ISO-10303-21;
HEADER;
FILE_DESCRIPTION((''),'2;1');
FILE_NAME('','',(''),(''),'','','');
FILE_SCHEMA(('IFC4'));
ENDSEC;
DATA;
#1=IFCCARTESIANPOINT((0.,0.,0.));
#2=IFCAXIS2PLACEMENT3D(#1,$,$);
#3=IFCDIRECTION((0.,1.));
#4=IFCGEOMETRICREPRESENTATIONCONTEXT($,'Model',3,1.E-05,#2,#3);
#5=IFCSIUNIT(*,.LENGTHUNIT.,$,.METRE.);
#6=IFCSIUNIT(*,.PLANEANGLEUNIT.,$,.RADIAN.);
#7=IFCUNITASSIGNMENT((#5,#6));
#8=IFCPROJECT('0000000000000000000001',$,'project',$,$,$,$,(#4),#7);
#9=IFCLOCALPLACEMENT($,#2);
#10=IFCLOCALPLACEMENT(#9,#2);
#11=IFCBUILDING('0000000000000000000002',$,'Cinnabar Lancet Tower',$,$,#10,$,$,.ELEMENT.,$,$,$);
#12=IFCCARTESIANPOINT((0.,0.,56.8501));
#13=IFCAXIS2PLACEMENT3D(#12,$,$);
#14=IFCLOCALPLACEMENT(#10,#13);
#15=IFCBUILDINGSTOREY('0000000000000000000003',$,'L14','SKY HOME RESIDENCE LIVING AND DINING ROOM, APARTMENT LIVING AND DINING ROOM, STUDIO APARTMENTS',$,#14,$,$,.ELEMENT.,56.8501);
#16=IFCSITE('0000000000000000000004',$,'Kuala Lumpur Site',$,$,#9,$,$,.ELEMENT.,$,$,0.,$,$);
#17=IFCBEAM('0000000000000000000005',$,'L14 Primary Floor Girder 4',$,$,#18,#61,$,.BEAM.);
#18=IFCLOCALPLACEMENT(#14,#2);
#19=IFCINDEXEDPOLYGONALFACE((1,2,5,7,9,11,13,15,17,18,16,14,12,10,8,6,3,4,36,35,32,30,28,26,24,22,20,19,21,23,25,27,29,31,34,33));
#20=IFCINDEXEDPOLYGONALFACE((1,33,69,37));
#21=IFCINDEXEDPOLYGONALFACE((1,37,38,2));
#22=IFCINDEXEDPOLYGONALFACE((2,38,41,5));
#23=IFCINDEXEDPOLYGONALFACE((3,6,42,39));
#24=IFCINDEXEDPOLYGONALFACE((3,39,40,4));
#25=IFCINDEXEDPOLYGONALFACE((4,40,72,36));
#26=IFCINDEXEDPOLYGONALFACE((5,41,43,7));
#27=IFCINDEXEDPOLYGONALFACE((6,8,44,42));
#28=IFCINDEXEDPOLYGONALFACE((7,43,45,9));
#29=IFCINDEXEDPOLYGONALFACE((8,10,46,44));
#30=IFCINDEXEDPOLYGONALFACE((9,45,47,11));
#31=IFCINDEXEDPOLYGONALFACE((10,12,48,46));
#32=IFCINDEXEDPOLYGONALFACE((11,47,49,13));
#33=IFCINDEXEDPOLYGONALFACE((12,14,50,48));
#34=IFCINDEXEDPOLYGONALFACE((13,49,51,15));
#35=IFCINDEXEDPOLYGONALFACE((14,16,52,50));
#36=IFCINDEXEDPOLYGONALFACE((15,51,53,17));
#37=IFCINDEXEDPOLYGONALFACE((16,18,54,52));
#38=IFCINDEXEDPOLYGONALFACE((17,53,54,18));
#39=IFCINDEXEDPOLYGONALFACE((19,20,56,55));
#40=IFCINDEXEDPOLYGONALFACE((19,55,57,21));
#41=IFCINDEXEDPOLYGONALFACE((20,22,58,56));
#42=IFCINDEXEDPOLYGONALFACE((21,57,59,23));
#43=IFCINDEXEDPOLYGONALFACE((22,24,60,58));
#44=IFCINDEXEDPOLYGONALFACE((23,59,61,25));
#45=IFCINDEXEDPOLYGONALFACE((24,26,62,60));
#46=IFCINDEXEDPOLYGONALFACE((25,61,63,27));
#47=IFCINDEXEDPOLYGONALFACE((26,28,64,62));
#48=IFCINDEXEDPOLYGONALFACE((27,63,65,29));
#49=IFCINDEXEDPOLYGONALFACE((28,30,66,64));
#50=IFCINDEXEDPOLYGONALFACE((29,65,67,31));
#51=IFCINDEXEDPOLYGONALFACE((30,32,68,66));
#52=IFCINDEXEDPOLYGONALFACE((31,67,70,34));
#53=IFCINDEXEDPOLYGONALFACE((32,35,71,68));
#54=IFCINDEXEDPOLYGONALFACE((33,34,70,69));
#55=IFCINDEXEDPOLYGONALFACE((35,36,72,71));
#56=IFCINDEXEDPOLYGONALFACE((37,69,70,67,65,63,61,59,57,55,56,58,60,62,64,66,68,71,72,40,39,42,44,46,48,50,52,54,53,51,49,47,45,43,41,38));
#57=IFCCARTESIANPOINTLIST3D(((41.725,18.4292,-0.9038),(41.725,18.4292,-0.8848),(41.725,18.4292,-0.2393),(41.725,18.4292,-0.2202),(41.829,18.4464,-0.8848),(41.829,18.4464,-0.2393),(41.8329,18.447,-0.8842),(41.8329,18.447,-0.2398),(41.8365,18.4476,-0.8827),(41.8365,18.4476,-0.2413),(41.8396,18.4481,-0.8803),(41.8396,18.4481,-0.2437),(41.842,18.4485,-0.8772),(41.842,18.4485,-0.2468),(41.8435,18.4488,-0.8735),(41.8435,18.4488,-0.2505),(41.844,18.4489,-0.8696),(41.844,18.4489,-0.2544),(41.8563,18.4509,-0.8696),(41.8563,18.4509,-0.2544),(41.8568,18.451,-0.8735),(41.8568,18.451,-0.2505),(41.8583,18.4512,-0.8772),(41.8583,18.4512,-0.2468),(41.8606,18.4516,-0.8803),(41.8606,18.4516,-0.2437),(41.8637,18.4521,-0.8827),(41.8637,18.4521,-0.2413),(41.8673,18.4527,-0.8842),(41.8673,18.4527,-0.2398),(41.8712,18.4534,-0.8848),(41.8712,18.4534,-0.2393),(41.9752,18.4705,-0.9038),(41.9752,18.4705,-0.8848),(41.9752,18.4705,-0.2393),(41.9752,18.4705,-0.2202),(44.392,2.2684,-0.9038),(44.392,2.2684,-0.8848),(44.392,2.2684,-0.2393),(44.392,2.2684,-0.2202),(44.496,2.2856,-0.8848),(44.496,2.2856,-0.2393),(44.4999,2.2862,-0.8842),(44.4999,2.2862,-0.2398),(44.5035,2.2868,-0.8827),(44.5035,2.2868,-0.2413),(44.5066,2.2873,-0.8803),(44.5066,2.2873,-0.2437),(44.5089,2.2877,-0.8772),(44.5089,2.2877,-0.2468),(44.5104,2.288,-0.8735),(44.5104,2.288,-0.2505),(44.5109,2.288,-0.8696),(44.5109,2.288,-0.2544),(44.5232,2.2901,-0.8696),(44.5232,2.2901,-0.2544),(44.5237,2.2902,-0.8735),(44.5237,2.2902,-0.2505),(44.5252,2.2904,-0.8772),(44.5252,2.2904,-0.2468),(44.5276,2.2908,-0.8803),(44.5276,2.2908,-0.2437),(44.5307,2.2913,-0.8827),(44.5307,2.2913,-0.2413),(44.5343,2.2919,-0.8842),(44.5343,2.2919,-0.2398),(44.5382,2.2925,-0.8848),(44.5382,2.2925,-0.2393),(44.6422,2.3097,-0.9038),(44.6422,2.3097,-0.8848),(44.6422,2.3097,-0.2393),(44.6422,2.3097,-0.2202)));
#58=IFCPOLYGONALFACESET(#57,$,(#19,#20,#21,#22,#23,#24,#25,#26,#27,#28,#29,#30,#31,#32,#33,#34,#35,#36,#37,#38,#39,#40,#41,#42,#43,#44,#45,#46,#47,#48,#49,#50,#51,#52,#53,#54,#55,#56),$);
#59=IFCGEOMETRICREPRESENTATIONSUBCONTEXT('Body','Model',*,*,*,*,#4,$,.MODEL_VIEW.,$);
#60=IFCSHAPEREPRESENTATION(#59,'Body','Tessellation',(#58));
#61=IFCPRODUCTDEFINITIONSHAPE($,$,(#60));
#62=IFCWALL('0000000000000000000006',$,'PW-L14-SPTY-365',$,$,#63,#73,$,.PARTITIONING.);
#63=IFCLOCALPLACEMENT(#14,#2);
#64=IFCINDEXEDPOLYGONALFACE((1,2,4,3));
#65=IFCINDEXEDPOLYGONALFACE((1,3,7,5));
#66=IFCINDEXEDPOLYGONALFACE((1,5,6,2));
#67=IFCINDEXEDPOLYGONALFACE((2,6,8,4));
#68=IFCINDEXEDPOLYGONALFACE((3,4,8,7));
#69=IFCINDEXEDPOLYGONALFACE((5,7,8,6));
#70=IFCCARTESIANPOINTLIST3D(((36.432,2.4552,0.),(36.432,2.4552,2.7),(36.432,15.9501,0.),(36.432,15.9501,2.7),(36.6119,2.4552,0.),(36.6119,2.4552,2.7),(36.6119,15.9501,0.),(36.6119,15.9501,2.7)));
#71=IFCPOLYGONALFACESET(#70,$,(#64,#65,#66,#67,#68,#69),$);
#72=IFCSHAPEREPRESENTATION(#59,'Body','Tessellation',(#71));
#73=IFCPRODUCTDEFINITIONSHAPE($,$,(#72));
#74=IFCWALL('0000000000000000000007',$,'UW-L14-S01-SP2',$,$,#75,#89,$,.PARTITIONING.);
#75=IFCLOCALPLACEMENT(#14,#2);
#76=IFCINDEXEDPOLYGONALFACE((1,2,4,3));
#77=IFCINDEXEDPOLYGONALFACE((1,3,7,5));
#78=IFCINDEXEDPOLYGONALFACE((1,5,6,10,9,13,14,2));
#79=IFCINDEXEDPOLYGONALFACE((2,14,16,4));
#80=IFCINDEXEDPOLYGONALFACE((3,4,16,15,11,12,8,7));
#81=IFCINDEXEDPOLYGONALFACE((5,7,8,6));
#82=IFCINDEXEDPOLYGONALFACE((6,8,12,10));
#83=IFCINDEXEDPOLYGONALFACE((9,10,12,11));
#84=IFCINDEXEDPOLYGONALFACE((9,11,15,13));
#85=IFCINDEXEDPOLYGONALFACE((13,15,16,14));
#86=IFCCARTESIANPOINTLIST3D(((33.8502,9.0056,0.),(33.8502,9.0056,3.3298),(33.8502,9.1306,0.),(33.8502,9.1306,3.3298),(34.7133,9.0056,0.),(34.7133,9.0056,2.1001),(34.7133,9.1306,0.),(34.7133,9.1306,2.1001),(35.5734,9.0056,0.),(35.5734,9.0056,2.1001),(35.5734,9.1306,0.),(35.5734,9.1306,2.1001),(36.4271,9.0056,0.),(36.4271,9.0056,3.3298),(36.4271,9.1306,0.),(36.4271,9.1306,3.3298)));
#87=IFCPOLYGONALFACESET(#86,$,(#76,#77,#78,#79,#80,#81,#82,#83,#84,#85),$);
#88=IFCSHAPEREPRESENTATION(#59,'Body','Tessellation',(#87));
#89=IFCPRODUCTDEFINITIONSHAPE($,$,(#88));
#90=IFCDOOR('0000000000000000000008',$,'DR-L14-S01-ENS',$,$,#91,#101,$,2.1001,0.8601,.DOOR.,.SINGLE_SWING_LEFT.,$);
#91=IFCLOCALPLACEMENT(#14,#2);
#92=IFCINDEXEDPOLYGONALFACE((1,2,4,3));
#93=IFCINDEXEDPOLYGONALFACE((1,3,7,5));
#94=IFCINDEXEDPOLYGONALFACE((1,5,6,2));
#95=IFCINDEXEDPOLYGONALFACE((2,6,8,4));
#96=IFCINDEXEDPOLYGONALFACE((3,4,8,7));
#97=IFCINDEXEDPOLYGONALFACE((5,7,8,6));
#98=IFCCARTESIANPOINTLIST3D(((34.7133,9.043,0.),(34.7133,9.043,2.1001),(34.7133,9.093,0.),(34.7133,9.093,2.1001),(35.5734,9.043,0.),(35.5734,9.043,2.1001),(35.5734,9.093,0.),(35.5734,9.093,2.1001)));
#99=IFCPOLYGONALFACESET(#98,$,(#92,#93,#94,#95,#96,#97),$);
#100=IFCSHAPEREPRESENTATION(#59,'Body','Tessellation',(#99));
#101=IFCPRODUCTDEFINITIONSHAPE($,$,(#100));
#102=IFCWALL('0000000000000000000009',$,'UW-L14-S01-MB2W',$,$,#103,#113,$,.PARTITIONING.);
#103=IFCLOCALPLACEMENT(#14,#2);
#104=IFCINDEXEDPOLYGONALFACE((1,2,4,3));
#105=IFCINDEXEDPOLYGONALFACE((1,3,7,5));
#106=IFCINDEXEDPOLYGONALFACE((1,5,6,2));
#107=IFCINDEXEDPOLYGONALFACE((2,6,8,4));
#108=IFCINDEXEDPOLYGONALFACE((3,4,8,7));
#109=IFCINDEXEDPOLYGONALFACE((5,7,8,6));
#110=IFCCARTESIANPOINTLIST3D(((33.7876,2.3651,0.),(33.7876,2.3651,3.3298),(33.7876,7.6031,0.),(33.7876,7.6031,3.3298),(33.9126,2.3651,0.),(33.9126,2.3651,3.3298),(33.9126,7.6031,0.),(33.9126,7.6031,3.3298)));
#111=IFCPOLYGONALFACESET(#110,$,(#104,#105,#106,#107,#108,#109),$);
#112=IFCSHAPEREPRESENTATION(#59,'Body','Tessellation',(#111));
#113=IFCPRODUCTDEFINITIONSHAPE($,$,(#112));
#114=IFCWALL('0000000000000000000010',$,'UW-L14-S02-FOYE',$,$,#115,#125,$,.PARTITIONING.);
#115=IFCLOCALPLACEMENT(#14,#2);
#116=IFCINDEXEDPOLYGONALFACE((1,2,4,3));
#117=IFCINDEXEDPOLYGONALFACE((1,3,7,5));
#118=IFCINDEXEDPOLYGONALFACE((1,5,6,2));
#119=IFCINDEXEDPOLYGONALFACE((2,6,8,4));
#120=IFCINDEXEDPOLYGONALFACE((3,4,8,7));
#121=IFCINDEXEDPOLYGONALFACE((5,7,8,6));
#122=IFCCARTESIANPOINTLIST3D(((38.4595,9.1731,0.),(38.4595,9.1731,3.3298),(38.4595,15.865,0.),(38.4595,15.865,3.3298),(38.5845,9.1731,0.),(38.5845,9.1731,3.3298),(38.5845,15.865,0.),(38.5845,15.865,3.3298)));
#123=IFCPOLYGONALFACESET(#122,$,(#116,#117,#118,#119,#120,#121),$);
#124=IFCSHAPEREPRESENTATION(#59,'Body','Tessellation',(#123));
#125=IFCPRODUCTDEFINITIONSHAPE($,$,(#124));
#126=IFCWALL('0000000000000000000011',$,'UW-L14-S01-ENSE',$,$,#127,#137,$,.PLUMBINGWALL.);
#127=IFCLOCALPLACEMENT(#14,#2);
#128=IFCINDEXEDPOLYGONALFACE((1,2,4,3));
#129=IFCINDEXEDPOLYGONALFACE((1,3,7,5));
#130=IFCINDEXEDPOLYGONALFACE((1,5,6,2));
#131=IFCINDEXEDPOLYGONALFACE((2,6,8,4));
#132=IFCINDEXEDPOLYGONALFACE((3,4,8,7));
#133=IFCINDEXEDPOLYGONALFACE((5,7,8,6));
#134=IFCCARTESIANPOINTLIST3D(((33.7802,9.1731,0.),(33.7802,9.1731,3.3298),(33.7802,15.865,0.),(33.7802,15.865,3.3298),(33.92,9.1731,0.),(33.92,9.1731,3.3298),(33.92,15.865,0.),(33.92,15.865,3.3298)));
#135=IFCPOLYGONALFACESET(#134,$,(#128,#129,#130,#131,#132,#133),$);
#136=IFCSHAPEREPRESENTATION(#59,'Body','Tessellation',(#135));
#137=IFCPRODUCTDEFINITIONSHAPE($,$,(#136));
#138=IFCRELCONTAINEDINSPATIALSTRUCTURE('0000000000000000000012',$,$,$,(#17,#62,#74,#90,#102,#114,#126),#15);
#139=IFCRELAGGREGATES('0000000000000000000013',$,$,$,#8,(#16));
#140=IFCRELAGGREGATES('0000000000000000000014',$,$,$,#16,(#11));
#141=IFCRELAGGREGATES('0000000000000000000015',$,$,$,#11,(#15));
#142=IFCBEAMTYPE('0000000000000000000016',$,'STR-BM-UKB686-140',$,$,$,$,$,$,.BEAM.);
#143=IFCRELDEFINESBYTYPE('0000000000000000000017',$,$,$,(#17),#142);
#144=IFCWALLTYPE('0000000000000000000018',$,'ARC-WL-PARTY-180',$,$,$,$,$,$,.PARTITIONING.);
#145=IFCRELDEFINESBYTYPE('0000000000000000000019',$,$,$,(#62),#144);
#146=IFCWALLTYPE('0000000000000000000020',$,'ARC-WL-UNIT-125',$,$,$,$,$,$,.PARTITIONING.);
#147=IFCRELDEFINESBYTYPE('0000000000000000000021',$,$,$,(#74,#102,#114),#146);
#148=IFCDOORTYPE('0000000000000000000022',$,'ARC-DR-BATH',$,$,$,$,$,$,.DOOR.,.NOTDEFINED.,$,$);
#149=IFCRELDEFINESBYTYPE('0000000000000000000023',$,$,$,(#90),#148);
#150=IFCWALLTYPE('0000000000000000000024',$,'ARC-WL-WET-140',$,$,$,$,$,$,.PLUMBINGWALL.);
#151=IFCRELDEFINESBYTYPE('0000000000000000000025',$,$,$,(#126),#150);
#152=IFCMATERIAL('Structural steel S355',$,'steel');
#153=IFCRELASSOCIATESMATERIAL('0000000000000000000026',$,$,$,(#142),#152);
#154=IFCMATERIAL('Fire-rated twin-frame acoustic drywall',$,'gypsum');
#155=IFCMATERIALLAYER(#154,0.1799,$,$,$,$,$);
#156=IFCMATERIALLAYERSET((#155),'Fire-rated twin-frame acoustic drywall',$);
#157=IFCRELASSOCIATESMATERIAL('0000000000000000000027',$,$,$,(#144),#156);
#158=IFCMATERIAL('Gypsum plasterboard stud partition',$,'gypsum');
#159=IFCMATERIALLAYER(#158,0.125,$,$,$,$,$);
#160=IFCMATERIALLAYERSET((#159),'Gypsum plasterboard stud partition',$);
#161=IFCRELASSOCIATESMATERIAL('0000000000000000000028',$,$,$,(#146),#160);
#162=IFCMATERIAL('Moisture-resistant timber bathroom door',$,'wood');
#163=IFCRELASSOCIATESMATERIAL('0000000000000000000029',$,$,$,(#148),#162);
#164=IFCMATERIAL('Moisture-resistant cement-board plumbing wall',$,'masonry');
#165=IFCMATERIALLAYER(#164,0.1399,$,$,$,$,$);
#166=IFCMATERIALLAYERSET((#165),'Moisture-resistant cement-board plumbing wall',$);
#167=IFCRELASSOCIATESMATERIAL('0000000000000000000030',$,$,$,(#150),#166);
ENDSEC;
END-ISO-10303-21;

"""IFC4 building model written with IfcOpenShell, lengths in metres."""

from ifc_helpers import new_model, si_unit, direction, frame, frame_2d, origin, origin_2d, place, context, subcontext, project, spatial, rectangle, i_section, extrude, material, layer, layer_set, material_profile, profile_set, type_object, element, fill, save


model = new_model("IFC4")

# Units and contexts
model_context = context("Model", 3, precision=1e-05, world=origin(), true_north=direction((0.0, 1.0)))
body_context = subcontext(model_context, "Body", "Model", "MODEL_VIEW")
ifc_project = project(units=[si_unit("LENGTHUNIT", "METRE"), si_unit("PLANEANGLEUNIT", "RADIAN")], contexts=[model_context])

# Site, building, storey
site_placement = place(None, origin())
site = spatial("IfcSite", under=ifc_project, at=site_placement, Name="Kuala Lumpur Site", CompositionType="ELEMENT", RefElevation=0.0)
building_placement = place(site_placement, origin())
building = spatial("IfcBuilding", under=site, at=building_placement, Name="Cinnabar Lancet Tower", CompositionType="ELEMENT")
storey_placement = place(building_placement, frame((0.0, 0.0, 56.8501)))
storey = spatial("IfcBuildingStorey", under=building, at=storey_placement, Name="L14", Description="SKY HOME RESIDENCE LIVING AND DINING ROOM, APARTMENT LIVING AND DINING ROOM, STUDIO APARTMENTS", CompositionType="ELEMENT", Elevation=56.8501)

# Beam
ifc_material_1 = material(Name="Structural steel S355", Category="steel")
ifc_material_profile_1 = material_profile(ifc_material_1, i_section(OverallWidth=0.2537, OverallDepth=0.6836, WebThickness=0.0125, FlangeThickness=0.019, FilletRadius=0.0151, at=origin_2d()), Name="UKB 686x254x140")
ifc_profile_set_1 = profile_set([ifc_material_profile_1], Name="Structural steel S355")
beam_type_1 = type_object("IfcBeamType", Name="STR-BM-UKB686-140", PredefinedType="BEAM", material=ifc_profile_set_1)
beam_1_placement = place(storey_placement, frame((44.5171, 2.2891, -0.562), z_axis=(-0.162825, 0.986655, 0.0), x_axis=(-0.986655, -0.162825, 0.0)))
element("IfcBeam", 1, at=beam_1_placement, inside=storey, type_object=beam_type_1, Name="L14 Primary Floor Girder 4", PredefinedType="BEAM", context=body_context, shape_type="SweptSolid", body=[
    extrude(i_section(OverallWidth=0.2537, OverallDepth=0.6836, WebThickness=0.0125, FlangeThickness=0.019, FilletRadius=0.0151, at=origin_2d()), origin(), (0.0, 0.0, 1.0), 16.3794),
])

# Wall
ifc_material_2 = material(Name="Fire-rated twin-frame acoustic drywall", Category="gypsum")
ifc_layer_1 = layer(ifc_material_2, 0.1799)
ifc_layer_set_1 = layer_set([ifc_layer_1], Name="Fire-rated twin-frame acoustic drywall")
wall_type_1 = type_object("IfcWallType", Name="ARC-WL-PARTY-180", PredefinedType="PARTITIONING", material=ifc_layer_set_1)
wall_1_placement = place(storey_placement, frame((36.522, 2.4551, 0.0), z_axis=(0.0, 0.0, 1.0), x_axis=(0.0, 1.0, 0.0)))
element("IfcWall", 2, at=wall_1_placement, inside=storey, type_object=wall_type_1, Name="PW-L14-SPTY-365", PredefinedType="PARTITIONING", context=body_context, shape_type="SweptSolid", body=[
    extrude(rectangle(XDim=13.4949, YDim=0.1799, at=frame_2d((6.7476, 0.0))), origin(), (0.0, 0.0, 1.0), 2.7),
])

# Wall, opening, door
ifc_material_3 = material(Name="Gypsum plasterboard stud partition", Category="gypsum")
ifc_layer_2 = layer(ifc_material_3, 0.125)
ifc_layer_set_2 = layer_set([ifc_layer_2], Name="Gypsum plasterboard stud partition")
wall_type_2 = type_object("IfcWallType", Name="ARC-WL-UNIT-125", PredefinedType="PARTITIONING", material=ifc_layer_set_2)
wall_2_placement = place(storey_placement, frame((33.8501, 9.0681, 0.0), z_axis=(0.0, 0.0, 1.0), x_axis=(1.0, 0.0, 0.0)))
wall_2 = element("IfcWall", 3, at=wall_2_placement, inside=storey, type_object=wall_type_2, Name="UW-L14-S01-SP2", PredefinedType="PARTITIONING", context=body_context, shape_type="SweptSolid", body=[
    extrude(rectangle(XDim=2.5769, YDim=0.125, at=frame_2d((1.2886, 0.0))), origin(), (0.0, 0.0, 1.0), 3.3298),
])
opening_1_placement = place(wall_2_placement, frame((0.863, 0.0, 0.0)))
opening_1 = element("IfcOpeningElement", 4, at=opening_1_placement, cuts=wall_2, PredefinedType="OPENING", context=body_context, shape_type="SweptSolid", body=[
    extrude(rectangle(XDim=0.8601, YDim=2.1001, at=frame_2d((0.4302, 1.05))), frame((0.0, 0.0725, 0.0), z_axis=(0.0, -1.0, 0.0), x_axis=(1.0, 0.0, 0.0)), (0.0, 0.0, 1.0), 0.145),
])
ifc_material_4 = material(Name="Moisture-resistant timber bathroom door", Category="wood")
door_type_1 = type_object("IfcDoorType", Name="ARC-DR-BATH", OperationType="NOTDEFINED", PredefinedType="DOOR", material=ifc_material_4)
door_1_placement = place(opening_1_placement, origin())
door_1 = element("IfcDoor", 5, at=door_1_placement, inside=storey, type_object=door_type_1, Name="DR-L14-S01-ENS", OperationType="SINGLE_SWING_LEFT", OverallHeight=2.1001, OverallWidth=0.8601, PredefinedType="DOOR", context=body_context, shape_type="SweptSolid", body=[
    extrude(rectangle(XDim=0.8601, YDim=2.1001, at=frame_2d((0.4302, 1.05))), frame((0.0, 0.0249, 0.0), z_axis=(0.0, -1.0, 0.0), x_axis=(1.0, 0.0, 0.0)), (0.0, 0.0, 1.0), 0.05),
])
fill(opening_1, door_1)

# Walls
wall_3_placement = place(storey_placement, frame((33.8501, 2.365, 0.0), z_axis=(0.0, 0.0, 1.0), x_axis=(0.0, 1.0, 0.0)))
element("IfcWall", 6, at=wall_3_placement, inside=storey, type_object=wall_type_2, Name="UW-L14-S01-MB2W", PredefinedType="PARTITIONING", context=body_context, shape_type="SweptSolid", body=[
    extrude(rectangle(XDim=5.238, YDim=0.125, at=frame_2d((2.6191, 0.0))), origin(), (0.0, 0.0, 1.0), 3.3298),
])
wall_4_placement = place(storey_placement, frame((38.522, 9.1731, 0.0), z_axis=(0.0, 0.0, 1.0), x_axis=(0.0, 1.0, 0.0)))
element("IfcWall", 7, at=wall_4_placement, inside=storey, type_object=wall_type_2, Name="UW-L14-S02-FOYE", PredefinedType="PARTITIONING", context=body_context, shape_type="SweptSolid", body=[
    extrude(rectangle(XDim=6.6919, YDim=0.125, at=frame_2d((3.3459, 0.0))), origin(), (0.0, 0.0, 1.0), 3.3298),
])
ifc_material_5 = material(Name="Moisture-resistant cement-board plumbing wall", Category="masonry")
ifc_layer_3 = layer(ifc_material_5, 0.1399)
ifc_layer_set_3 = layer_set([ifc_layer_3], Name="Moisture-resistant cement-board plumbing wall")
wall_type_3 = type_object("IfcWallType", Name="ARC-WL-WET-140", PredefinedType="PLUMBINGWALL", material=ifc_layer_set_3)
wall_5_placement = place(storey_placement, frame((33.8501, 9.1731, 0.0), z_axis=(0.0, 0.0, 1.0), x_axis=(0.0, 1.0, 0.0)))
element("IfcWall", 8, at=wall_5_placement, inside=storey, type_object=wall_type_3, Name="UW-L14-S01-ENSE", PredefinedType="PLUMBINGWALL", context=body_context, shape_type="SweptSolid", body=[
    extrude(rectangle(XDim=6.6919, YDim=0.1399, at=frame_2d((3.3459, 0.0))), origin(), (0.0, 0.0, 1.0), 3.3298),
])

save(model, "model.ifc")
